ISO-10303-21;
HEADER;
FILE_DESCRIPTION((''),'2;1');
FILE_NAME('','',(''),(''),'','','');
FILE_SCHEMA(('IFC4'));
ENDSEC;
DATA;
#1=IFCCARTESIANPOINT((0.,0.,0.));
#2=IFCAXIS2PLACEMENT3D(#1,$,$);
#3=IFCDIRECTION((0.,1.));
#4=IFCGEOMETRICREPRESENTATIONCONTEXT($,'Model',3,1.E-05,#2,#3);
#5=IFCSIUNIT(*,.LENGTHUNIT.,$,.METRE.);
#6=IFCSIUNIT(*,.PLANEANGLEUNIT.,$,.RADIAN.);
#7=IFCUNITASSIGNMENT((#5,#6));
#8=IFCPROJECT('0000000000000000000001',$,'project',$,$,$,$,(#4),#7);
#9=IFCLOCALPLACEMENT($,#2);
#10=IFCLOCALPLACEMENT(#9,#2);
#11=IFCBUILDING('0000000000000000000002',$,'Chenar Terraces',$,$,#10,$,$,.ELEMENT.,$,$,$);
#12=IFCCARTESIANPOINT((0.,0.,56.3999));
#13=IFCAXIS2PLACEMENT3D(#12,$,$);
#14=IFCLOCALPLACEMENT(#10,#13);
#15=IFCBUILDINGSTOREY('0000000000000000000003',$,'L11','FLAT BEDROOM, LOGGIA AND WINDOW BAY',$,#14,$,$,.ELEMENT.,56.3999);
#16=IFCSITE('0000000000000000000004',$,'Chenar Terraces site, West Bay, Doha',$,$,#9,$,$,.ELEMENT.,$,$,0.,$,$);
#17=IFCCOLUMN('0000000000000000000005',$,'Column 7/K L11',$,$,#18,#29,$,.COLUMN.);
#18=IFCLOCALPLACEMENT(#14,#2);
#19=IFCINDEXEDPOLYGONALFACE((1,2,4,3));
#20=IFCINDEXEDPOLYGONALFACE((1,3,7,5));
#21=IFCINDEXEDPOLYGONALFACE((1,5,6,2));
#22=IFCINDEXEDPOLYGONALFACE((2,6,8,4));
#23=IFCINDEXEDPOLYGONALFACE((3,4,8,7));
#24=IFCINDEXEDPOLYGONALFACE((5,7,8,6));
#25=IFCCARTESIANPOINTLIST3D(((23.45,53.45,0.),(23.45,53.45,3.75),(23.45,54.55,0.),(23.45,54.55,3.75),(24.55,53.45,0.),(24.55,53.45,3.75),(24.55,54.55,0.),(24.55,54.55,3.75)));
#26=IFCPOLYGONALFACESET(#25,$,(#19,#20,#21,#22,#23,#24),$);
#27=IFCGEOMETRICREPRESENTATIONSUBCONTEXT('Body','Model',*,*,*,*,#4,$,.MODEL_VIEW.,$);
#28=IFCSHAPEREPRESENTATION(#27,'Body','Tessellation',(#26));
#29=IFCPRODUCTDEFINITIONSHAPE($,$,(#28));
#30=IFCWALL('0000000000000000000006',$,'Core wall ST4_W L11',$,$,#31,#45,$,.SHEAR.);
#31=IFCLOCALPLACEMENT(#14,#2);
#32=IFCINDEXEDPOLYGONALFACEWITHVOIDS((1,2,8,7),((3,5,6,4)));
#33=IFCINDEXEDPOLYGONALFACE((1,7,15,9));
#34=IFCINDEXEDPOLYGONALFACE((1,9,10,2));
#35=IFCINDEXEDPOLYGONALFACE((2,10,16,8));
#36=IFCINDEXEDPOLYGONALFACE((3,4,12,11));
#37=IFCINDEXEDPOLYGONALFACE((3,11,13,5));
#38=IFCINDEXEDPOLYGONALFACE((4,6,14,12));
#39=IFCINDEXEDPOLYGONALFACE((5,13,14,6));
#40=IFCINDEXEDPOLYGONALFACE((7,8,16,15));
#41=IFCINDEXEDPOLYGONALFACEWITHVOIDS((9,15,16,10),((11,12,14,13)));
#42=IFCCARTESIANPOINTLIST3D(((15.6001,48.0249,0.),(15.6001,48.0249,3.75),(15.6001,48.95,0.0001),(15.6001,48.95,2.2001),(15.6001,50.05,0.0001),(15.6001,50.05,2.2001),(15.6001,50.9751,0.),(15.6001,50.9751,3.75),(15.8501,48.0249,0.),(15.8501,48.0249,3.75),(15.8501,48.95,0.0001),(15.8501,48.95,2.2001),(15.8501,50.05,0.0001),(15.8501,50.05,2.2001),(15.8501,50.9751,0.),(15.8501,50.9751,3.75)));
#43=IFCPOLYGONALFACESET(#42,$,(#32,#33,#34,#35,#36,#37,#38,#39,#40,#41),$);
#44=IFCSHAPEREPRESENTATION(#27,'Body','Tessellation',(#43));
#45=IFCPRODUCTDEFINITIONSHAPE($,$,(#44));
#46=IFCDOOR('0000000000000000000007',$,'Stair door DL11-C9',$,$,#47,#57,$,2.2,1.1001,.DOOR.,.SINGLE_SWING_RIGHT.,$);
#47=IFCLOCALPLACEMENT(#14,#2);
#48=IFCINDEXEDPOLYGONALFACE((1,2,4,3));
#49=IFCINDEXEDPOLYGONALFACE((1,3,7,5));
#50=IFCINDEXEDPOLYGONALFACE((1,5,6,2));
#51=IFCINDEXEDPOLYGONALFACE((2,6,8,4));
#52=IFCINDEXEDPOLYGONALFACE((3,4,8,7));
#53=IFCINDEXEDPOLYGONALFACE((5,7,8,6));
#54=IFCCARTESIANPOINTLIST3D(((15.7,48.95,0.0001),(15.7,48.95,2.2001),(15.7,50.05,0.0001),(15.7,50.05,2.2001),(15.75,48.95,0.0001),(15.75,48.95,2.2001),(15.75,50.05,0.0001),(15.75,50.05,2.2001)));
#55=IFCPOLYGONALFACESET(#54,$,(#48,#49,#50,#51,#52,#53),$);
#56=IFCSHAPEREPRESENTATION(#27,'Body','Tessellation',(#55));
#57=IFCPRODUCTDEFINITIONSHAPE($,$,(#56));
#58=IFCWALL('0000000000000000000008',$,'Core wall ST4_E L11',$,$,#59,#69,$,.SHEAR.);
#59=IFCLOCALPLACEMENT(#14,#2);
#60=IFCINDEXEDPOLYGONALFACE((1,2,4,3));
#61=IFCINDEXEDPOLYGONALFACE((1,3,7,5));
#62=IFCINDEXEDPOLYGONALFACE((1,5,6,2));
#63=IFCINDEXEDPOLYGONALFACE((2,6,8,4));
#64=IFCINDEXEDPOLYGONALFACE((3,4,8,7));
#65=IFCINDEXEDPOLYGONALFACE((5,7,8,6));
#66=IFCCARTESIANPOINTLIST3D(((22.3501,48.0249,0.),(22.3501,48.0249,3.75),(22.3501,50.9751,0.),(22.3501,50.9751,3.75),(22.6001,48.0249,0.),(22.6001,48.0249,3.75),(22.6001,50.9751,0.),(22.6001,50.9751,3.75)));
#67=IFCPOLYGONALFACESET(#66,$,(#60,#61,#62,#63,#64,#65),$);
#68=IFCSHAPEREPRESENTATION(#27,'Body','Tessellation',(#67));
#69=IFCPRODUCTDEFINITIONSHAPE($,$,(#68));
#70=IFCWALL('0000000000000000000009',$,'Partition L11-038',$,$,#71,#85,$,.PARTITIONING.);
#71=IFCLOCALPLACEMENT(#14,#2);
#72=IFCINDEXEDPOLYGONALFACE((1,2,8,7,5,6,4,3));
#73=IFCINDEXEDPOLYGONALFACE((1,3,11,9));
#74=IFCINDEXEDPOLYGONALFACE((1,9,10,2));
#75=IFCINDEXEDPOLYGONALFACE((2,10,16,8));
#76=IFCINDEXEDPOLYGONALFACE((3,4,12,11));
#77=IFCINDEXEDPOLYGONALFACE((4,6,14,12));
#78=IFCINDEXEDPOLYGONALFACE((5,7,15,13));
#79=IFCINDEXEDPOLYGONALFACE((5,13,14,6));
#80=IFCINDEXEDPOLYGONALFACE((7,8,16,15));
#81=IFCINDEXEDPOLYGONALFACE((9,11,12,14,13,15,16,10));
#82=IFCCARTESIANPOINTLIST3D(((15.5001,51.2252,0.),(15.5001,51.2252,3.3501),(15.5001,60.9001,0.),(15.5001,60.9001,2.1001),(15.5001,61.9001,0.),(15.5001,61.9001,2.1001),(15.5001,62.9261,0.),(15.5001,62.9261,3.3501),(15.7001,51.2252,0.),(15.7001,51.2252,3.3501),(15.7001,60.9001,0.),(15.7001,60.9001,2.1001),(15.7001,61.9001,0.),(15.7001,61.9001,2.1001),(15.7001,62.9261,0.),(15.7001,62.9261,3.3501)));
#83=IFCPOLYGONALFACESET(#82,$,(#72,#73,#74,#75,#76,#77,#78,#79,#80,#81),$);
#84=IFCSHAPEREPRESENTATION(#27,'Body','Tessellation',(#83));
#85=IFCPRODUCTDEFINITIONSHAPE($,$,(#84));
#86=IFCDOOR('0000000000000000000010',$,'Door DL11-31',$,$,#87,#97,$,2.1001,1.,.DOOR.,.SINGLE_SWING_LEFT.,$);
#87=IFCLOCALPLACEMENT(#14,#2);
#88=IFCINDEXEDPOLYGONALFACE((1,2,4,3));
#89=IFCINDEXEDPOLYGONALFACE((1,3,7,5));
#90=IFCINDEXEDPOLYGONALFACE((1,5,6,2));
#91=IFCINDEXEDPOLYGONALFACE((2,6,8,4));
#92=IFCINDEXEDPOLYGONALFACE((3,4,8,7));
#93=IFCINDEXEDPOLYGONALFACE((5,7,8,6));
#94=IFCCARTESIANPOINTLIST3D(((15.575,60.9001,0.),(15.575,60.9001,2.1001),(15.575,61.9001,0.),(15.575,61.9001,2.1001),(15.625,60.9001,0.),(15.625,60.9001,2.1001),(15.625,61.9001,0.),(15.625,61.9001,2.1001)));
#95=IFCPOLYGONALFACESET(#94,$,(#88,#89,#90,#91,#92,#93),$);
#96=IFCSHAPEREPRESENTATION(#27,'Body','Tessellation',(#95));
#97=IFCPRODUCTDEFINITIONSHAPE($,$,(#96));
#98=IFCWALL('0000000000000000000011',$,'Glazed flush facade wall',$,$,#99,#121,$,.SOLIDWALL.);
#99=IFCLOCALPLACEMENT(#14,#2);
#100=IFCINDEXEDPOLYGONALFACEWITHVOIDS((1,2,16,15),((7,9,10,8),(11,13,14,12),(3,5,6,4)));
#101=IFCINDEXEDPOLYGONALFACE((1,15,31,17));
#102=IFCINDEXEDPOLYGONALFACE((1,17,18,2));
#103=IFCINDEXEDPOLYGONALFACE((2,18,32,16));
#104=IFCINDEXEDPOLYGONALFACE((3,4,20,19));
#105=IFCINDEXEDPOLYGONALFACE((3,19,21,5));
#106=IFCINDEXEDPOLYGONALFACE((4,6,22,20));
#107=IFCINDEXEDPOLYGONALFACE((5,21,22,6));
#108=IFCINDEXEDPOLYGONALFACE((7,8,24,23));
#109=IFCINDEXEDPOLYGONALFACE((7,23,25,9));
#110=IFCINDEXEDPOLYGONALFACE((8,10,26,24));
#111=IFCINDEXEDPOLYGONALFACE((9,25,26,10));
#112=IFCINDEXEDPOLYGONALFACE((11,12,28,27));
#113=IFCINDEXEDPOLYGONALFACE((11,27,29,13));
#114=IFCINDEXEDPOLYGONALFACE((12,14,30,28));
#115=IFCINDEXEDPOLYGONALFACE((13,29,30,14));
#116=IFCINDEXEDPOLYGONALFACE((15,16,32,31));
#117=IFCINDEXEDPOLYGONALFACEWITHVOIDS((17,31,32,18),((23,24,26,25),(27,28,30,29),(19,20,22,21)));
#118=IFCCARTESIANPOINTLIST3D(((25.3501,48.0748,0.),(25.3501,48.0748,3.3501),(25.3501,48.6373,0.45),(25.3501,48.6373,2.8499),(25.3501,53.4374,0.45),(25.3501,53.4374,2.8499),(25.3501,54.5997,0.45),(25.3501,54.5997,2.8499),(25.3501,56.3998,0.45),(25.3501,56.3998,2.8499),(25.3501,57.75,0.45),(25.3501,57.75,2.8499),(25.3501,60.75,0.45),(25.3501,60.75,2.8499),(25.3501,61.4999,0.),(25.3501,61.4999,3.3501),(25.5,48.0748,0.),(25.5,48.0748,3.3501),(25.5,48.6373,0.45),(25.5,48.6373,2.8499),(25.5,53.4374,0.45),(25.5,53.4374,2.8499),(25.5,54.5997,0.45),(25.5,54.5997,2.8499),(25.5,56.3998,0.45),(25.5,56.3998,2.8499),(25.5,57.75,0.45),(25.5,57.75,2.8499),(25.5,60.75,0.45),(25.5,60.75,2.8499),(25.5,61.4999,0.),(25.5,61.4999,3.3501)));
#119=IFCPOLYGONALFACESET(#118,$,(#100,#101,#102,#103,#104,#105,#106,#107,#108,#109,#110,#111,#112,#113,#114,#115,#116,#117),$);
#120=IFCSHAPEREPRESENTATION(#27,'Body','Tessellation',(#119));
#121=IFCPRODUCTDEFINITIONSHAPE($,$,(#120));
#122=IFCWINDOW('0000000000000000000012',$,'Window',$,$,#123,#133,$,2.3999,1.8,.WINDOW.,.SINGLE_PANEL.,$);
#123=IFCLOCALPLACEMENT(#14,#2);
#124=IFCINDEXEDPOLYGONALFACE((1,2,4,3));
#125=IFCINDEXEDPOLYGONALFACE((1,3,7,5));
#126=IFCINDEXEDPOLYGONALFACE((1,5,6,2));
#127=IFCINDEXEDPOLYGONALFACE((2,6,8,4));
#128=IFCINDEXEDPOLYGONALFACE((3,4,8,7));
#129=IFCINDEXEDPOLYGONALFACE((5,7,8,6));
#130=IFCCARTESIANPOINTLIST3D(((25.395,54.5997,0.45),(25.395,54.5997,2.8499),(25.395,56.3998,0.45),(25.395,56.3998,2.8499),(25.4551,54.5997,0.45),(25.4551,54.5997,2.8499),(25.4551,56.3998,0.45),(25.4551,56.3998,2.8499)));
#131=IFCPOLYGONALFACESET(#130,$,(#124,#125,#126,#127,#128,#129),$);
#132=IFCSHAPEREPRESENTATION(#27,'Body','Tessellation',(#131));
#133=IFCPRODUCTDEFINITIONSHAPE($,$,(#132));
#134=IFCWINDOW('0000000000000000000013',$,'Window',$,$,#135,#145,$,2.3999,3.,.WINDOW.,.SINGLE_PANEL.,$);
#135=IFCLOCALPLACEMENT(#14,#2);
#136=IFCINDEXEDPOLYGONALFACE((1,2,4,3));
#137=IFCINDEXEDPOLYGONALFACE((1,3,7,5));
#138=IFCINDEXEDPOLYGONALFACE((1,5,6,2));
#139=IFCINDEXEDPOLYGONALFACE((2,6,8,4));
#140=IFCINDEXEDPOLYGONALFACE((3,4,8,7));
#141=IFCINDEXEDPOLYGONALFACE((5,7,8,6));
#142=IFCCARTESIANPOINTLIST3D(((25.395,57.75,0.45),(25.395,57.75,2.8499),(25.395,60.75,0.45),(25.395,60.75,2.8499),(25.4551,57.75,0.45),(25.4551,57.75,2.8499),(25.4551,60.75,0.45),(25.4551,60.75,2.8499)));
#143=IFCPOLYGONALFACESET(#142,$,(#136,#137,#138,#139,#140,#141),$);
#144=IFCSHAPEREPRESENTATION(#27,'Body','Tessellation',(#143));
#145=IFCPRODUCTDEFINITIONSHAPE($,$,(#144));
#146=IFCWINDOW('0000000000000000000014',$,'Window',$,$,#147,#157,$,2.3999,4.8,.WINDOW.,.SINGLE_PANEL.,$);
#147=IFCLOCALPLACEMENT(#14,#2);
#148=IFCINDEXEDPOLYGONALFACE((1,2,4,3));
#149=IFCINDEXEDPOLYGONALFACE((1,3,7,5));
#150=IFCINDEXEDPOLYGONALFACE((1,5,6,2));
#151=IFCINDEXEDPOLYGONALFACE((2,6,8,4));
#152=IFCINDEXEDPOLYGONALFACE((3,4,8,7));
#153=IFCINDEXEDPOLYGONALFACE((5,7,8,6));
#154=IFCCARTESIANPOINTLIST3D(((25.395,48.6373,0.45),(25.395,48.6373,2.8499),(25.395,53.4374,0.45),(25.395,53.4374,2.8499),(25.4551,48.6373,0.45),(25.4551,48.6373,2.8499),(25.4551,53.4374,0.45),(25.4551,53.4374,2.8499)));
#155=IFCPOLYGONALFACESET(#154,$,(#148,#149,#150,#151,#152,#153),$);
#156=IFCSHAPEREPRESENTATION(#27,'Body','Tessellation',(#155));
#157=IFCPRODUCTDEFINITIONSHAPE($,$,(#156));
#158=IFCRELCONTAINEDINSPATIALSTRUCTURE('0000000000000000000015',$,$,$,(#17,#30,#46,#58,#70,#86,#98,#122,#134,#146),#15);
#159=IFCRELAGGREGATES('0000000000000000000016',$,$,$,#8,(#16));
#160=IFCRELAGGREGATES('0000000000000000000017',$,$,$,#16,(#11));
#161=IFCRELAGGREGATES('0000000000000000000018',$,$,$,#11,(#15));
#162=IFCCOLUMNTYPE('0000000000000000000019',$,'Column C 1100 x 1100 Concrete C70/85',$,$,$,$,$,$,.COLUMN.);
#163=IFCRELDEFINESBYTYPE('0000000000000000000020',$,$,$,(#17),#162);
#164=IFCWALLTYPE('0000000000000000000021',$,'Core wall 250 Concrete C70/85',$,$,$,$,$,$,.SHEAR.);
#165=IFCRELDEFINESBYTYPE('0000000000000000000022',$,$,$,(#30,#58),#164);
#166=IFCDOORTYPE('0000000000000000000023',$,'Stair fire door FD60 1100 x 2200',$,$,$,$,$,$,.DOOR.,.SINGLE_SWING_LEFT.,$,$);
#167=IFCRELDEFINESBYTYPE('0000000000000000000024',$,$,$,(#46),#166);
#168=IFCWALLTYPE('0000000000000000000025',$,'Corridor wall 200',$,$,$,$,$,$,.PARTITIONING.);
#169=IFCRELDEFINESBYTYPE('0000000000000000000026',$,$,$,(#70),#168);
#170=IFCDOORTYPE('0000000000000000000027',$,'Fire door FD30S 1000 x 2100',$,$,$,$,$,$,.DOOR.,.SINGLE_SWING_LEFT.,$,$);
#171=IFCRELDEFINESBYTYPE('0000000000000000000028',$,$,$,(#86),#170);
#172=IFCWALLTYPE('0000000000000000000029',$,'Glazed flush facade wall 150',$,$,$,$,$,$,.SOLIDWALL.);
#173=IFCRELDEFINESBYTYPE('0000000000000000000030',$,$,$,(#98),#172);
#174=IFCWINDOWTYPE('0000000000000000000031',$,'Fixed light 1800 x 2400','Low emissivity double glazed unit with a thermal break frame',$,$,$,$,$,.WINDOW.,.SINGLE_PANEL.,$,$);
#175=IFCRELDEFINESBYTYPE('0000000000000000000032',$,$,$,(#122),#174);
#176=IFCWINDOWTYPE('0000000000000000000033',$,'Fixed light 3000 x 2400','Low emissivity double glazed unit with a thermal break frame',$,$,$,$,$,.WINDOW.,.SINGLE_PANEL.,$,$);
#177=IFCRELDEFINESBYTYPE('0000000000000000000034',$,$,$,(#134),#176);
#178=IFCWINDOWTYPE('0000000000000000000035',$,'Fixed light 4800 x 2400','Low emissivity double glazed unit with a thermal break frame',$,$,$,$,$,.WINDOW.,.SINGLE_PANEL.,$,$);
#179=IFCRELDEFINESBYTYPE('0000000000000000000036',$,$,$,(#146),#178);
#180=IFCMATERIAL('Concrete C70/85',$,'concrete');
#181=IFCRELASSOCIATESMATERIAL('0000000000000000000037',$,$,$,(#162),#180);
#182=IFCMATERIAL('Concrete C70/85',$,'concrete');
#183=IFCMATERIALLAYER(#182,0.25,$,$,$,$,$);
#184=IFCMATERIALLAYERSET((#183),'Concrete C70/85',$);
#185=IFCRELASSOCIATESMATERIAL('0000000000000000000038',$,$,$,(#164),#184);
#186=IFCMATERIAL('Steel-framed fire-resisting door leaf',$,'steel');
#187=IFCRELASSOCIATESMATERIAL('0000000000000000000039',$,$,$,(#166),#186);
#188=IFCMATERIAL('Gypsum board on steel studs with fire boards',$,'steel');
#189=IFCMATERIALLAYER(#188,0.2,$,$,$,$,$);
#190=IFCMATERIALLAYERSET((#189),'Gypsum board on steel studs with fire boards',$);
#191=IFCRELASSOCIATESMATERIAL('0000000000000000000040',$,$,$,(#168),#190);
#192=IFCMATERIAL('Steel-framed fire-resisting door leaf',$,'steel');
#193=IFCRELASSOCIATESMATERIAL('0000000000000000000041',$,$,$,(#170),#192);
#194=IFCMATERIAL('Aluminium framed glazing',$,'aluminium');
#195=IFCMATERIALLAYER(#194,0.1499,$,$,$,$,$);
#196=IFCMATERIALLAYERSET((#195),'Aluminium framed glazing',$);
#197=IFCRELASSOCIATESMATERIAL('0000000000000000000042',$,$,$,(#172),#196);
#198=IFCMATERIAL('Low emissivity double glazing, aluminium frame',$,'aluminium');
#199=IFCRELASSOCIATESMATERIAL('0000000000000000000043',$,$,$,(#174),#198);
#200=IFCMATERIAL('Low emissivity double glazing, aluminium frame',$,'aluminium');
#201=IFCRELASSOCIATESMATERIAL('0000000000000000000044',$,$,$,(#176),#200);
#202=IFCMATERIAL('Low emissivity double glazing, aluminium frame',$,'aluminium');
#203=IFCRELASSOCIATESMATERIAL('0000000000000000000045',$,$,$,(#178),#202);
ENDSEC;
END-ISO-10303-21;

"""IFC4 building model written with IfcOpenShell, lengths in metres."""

from ifc_helpers import new_model, si_unit, direction, frame, frame_2d, origin, origin_2d, place, context, subcontext, project, spatial, rectangle, extrude, material, layer, layer_set, material_profile, profile_set, type_object, element, fill, save


model = new_model("IFC4")

# Units and contexts
model_context = context("Model", 3, precision=1e-05, world=origin(), true_north=direction((0.0, 1.0)))
body_context = subcontext(model_context, "Body", "Model", "MODEL_VIEW")
ifc_project = project(units=[si_unit("LENGTHUNIT", "METRE"), si_unit("PLANEANGLEUNIT", "RADIAN")], contexts=[model_context])

# Site, building, storey
site_placement = place(None, origin())
site = spatial("IfcSite", under=ifc_project, at=site_placement, Name="Chenar Terraces site, West Bay, Doha", CompositionType="ELEMENT", RefElevation=0.0)
building_placement = place(site_placement, origin())
building = spatial("IfcBuilding", under=site, at=building_placement, Name="Chenar Terraces", CompositionType="ELEMENT")
storey_placement = place(building_placement, frame((0.0, 0.0, 56.3999)))
storey = spatial("IfcBuildingStorey", under=building, at=storey_placement, Name="L11", Description="FLAT BEDROOM, LOGGIA AND WINDOW BAY", CompositionType="ELEMENT", Elevation=56.3999)

# Column
ifc_material_1 = material(Name="Concrete C70/85", Category="concrete")
ifc_material_profile_1 = material_profile(ifc_material_1, rectangle(XDim=1.1001, YDim=1.1001, at=origin_2d()), Name="C 1100 x 1100")
ifc_profile_set_1 = profile_set([ifc_material_profile_1], Name="Concrete C70/85")
column_type = type_object("IfcColumnType", Name="Column C 1100 x 1100 Concrete C70/85", PredefinedType="COLUMN", material=ifc_profile_set_1)
column_placement = place(storey_placement, frame((24.0, 54.0, 0.0), z_axis=(0.0, 0.0, 1.0), x_axis=(1.0, 0.0, 0.0)))
element("IfcColumn", 1, at=column_placement, inside=storey, type_object=column_type, Name="Column 7/K L11", PredefinedType="COLUMN", context=body_context, shape_type="SweptSolid", body=[
    extrude(rectangle(XDim=1.1001, YDim=1.1001, at=origin_2d()), origin(), (0.0, 0.0, 1.0), 3.75),
])

# Wall, opening, door
ifc_material_2 = material(Name="Concrete C70/85", Category="concrete")
ifc_layer_1 = layer(ifc_material_2, 0.25)
ifc_layer_set_1 = layer_set([ifc_layer_1], Name="Concrete C70/85")
wall_type_1 = type_object("IfcWallType", Name="Core wall 250 Concrete C70/85", PredefinedType="SHEAR", material=ifc_layer_set_1)
wall_1_placement = place(storey_placement, frame((15.7251, 48.0249, 0.0), z_axis=(0.0, 0.0, 1.0), x_axis=(0.0, 1.0, 0.0)))
wall_1 = element("IfcWall", 2, at=wall_1_placement, inside=storey, type_object=wall_type_1, Name="Core wall ST4_W L11", PredefinedType="SHEAR", context=body_context, shape_type="SweptSolid", body=[
    extrude(rectangle(XDim=2.9502, YDim=0.25, at=frame_2d((1.4751, 0.0))), origin(), (0.0, 0.0, 1.0), 3.75),
])
opening_1_placement = place(wall_1_placement, frame((0.925, 0.0, 0.0)))
opening_1 = element("IfcOpeningElement", 3, at=opening_1_placement, cuts=wall_1, PredefinedType="OPENING", context=body_context, shape_type="SweptSolid", body=[
    extrude(rectangle(XDim=1.1001, YDim=2.2, at=frame_2d((0.55, 1.1001))), frame((0.0, 0.135, 0.0), z_axis=(0.0, -1.0, 0.0), x_axis=(1.0, 0.0, 0.0)), (0.0, 0.0, 1.0), 0.27),
])
ifc_material_3 = material(Name="Steel-framed fire-resisting door leaf", Category="steel")
door_type_1 = type_object("IfcDoorType", Name="Stair fire door FD60 1100 x 2200", OperationType="SINGLE_SWING_LEFT", PredefinedType="DOOR", material=ifc_material_3)
door_1_placement = place(opening_1_placement, frame((1.1001, 0.0, 0.0), z_axis=(0.0, 0.0, 1.0), x_axis=(-1.0, 0.0, 0.0)))
door_1 = element("IfcDoor", 4, at=door_1_placement, inside=storey, type_object=door_type_1, Name="Stair door DL11-C9", OperationType="SINGLE_SWING_RIGHT", OverallHeight=2.2, OverallWidth=1.1001, PredefinedType="DOOR", context=body_context, shape_type="SweptSolid", body=[
    extrude(rectangle(XDim=1.1001, YDim=2.2, at=frame_2d((0.55, 1.1001))), frame((0.0, 0.0249, 0.0), z_axis=(0.0, -1.0, 0.0), x_axis=(1.0, 0.0, 0.0)), (0.0, 0.0, 1.0), 0.05),
])
fill(opening_1, door_1)

# Wall
wall_2_placement = place(storey_placement, frame((22.4751, 48.0249, 0.0), z_axis=(0.0, 0.0, 1.0), x_axis=(0.0, 1.0, 0.0)))
element("IfcWall", 5, at=wall_2_placement, inside=storey, type_object=wall_type_1, Name="Core wall ST4_E L11", PredefinedType="SHEAR", context=body_context, shape_type="SweptSolid", body=[
    extrude(rectangle(XDim=2.9502, YDim=0.25, at=frame_2d((1.4751, 0.0))), origin(), (0.0, 0.0, 1.0), 3.75),
])

# Wall, opening, door
ifc_material_4 = material(Name="Gypsum board on steel studs with fire boards", Category="steel")
ifc_layer_2 = layer(ifc_material_4, 0.2)
ifc_layer_set_2 = layer_set([ifc_layer_2], Name="Gypsum board on steel studs with fire boards")
wall_type_2 = type_object("IfcWallType", Name="Corridor wall 200", PredefinedType="PARTITIONING", material=ifc_layer_set_2)
wall_3_placement = place(storey_placement, frame((15.6001, 51.2251, 0.0), z_axis=(0.0, 0.0, 1.0), x_axis=(0.0, 1.0, 0.0)))
wall_3 = element("IfcWall", 6, at=wall_3_placement, inside=storey, type_object=wall_type_2, Name="Partition L11-038", PredefinedType="PARTITIONING", context=body_context, shape_type="SweptSolid", body=[
    extrude(rectangle(XDim=11.7009, YDim=0.2, at=frame_2d((5.8506, 0.0))), origin(), (0.0, 0.0, 1.0), 3.3501),
])
opening_2_placement = place(wall_3_placement, frame((9.675, 0.0, 0.0)))
opening_2 = element("IfcOpeningElement", 7, at=opening_2_placement, cuts=wall_3, PredefinedType="OPENING", context=body_context, shape_type="SweptSolid", body=[
    extrude(rectangle(XDim=1.0, YDim=2.1001, at=frame_2d((0.5, 1.05))), frame((0.0, 0.1099, 0.0), z_axis=(0.0, -1.0, 0.0), x_axis=(1.0, 0.0, 0.0)), (0.0, 0.0, 1.0), 0.22),
])
ifc_material_5 = material(Name="Steel-framed fire-resisting door leaf", Category="steel")
door_type_2 = type_object("IfcDoorType", Name="Fire door FD30S 1000 x 2100", OperationType="SINGLE_SWING_LEFT", PredefinedType="DOOR", material=ifc_material_5)
door_2_placement = place(opening_2_placement, frame((1.0, 0.0, 0.0), z_axis=(0.0, 0.0, 1.0), x_axis=(-1.0, 0.0, 0.0)))
door_2 = element("IfcDoor", 8, at=door_2_placement, inside=storey, type_object=door_type_2, Name="Door DL11-31", OperationType="SINGLE_SWING_LEFT", OverallHeight=2.1001, OverallWidth=1.0, PredefinedType="DOOR", context=body_context, shape_type="SweptSolid", body=[
    extrude(rectangle(XDim=1.0, YDim=2.1001, at=frame_2d((0.5, 1.05))), frame((0.0, 0.0249, 0.0), z_axis=(0.0, -1.0, 0.0), x_axis=(1.0, 0.0, 0.0)), (0.0, 0.0, 1.0), 0.05),
])
fill(opening_2, door_2)

# Wall, openings, windows
ifc_material_6 = material(Name="Aluminium framed glazing", Category="aluminium")
ifc_layer_3 = layer(ifc_material_6, 0.1499)
ifc_layer_set_3 = layer_set([ifc_layer_3], Name="Aluminium framed glazing")
wall_type_3 = type_object("IfcWallType", Name="Glazed flush facade wall 150", PredefinedType="SOLIDWALL", material=ifc_layer_set_3)
wall_4_placement = place(storey_placement, frame((25.425, 48.075, 0.0), z_axis=(0.0, 0.0, 1.0), x_axis=(0.0, 1.0, 0.0)))
wall_4 = element("IfcWall", 9, at=wall_4_placement, inside=storey, type_object=wall_type_3, Name="Glazed flush facade wall", PredefinedType="SOLIDWALL", context=body_context, shape_type="SweptSolid", body=[
    extrude(rectangle(XDim=13.425, YDim=0.1499, at=frame_2d((6.7124, 0.0))), origin(), (0.0, 0.0, 1.0), 3.3501),
])
opening_3_placement = place(wall_4_placement, frame((0.5625, 0.0, 0.45)))
opening_3 = element("IfcOpeningElement", 10, at=opening_3_placement, cuts=wall_4, PredefinedType="OPENING", context=body_context, shape_type="SweptSolid", body=[
    extrude(rectangle(XDim=4.8, YDim=2.3999, at=frame_2d((2.3999, 1.2))), frame((0.0, 0.085, 0.0), z_axis=(0.0, -1.0, 0.0), x_axis=(1.0, 0.0, 0.0)), (0.0, 0.0, 1.0), 0.1699),
])
opening_4_placement = place(wall_4_placement, frame((6.5249, 0.0, 0.45)))
opening_4 = element("IfcOpeningElement", 11, at=opening_4_placement, cuts=wall_4, PredefinedType="OPENING", context=body_context, shape_type="SweptSolid", body=[
    extrude(rectangle(XDim=1.8, YDim=2.3999, at=frame_2d((0.8999, 1.2))), frame((0.0, 0.085, 0.0), z_axis=(0.0, -1.0, 0.0), x_axis=(1.0, 0.0, 0.0)), (0.0, 0.0, 1.0), 0.1699),
])
opening_5_placement = place(wall_4_placement, frame((9.675, 0.0, 0.45)))
opening_5 = element("IfcOpeningElement", 12, at=opening_5_placement, cuts=wall_4, PredefinedType="OPENING", context=body_context, shape_type="SweptSolid", body=[
    extrude(rectangle(XDim=3.0, YDim=2.3999, at=frame_2d((1.5, 1.2))), frame((0.0, 0.085, 0.0), z_axis=(0.0, -1.0, 0.0), x_axis=(1.0, 0.0, 0.0)), (0.0, 0.0, 1.0), 0.1699),
])
ifc_material_7 = material(Name="Low emissivity double glazing, aluminium frame", Category="aluminium")
window_type_1 = type_object("IfcWindowType", Name="Fixed light 1800 x 2400", Description="Low emissivity double glazed unit with a thermal break frame", PartitioningType="SINGLE_PANEL", PredefinedType="WINDOW", material=ifc_material_7)
window_1_placement = place(opening_4_placement, origin())
window_1 = element("IfcWindow", 13, at=window_1_placement, inside=storey, type_object=window_type_1, Name="Window", OverallHeight=2.3999, OverallWidth=1.8, PartitioningType="SINGLE_PANEL", PredefinedType="WINDOW", context=body_context, shape_type="SweptSolid", body=[
    extrude(rectangle(XDim=1.8, YDim=2.3999, at=frame_2d((0.8999, 1.2))), frame((0.0, 0.03, 0.0), z_axis=(0.0, -1.0, 0.0), x_axis=(1.0, 0.0, 0.0)), (0.0, 0.0, 1.0), 0.0601),
])
fill(opening_4, window_1)
ifc_material_8 = material(Name="Low emissivity double glazing, aluminium frame", Category="aluminium")
window_type_2 = type_object("IfcWindowType", Name="Fixed light 3000 x 2400", Description="Low emissivity double glazed unit with a thermal break frame", PartitioningType="SINGLE_PANEL", PredefinedType="WINDOW", material=ifc_material_8)
window_2_placement = place(opening_5_placement, origin())
window_2 = element("IfcWindow", 14, at=window_2_placement, inside=storey, type_object=window_type_2, Name="Window", OverallHeight=2.3999, OverallWidth=3.0, PartitioningType="SINGLE_PANEL", PredefinedType="WINDOW", context=body_context, shape_type="SweptSolid", body=[
    extrude(rectangle(XDim=3.0, YDim=2.3999, at=frame_2d((1.5, 1.2))), frame((0.0, 0.03, 0.0), z_axis=(0.0, -1.0, 0.0), x_axis=(1.0, 0.0, 0.0)), (0.0, 0.0, 1.0), 0.0601),
])
fill(opening_5, window_2)
ifc_material_9 = material(Name="Low emissivity double glazing, aluminium frame", Category="aluminium")
window_type_3 = type_object("IfcWindowType", Name="Fixed light 4800 x 2400", Description="Low emissivity double glazed unit with a thermal break frame", PartitioningType="SINGLE_PANEL", PredefinedType="WINDOW", material=ifc_material_9)
window_3_placement = place(opening_3_placement, origin())
window_3 = element("IfcWindow", 15, at=window_3_placement, inside=storey, type_object=window_type_3, Name="Window", OverallHeight=2.3999, OverallWidth=4.8, PartitioningType="SINGLE_PANEL", PredefinedType="WINDOW", context=body_context, shape_type="SweptSolid", body=[
    extrude(rectangle(XDim=4.8, YDim=2.3999, at=frame_2d((2.3999, 1.2))), frame((0.0, 0.03, 0.0), z_axis=(0.0, -1.0, 0.0), x_axis=(1.0, 0.0, 0.0)), (0.0, 0.0, 1.0), 0.0601),
])
fill(opening_3, window_3)

save(model, "model.ifc")
